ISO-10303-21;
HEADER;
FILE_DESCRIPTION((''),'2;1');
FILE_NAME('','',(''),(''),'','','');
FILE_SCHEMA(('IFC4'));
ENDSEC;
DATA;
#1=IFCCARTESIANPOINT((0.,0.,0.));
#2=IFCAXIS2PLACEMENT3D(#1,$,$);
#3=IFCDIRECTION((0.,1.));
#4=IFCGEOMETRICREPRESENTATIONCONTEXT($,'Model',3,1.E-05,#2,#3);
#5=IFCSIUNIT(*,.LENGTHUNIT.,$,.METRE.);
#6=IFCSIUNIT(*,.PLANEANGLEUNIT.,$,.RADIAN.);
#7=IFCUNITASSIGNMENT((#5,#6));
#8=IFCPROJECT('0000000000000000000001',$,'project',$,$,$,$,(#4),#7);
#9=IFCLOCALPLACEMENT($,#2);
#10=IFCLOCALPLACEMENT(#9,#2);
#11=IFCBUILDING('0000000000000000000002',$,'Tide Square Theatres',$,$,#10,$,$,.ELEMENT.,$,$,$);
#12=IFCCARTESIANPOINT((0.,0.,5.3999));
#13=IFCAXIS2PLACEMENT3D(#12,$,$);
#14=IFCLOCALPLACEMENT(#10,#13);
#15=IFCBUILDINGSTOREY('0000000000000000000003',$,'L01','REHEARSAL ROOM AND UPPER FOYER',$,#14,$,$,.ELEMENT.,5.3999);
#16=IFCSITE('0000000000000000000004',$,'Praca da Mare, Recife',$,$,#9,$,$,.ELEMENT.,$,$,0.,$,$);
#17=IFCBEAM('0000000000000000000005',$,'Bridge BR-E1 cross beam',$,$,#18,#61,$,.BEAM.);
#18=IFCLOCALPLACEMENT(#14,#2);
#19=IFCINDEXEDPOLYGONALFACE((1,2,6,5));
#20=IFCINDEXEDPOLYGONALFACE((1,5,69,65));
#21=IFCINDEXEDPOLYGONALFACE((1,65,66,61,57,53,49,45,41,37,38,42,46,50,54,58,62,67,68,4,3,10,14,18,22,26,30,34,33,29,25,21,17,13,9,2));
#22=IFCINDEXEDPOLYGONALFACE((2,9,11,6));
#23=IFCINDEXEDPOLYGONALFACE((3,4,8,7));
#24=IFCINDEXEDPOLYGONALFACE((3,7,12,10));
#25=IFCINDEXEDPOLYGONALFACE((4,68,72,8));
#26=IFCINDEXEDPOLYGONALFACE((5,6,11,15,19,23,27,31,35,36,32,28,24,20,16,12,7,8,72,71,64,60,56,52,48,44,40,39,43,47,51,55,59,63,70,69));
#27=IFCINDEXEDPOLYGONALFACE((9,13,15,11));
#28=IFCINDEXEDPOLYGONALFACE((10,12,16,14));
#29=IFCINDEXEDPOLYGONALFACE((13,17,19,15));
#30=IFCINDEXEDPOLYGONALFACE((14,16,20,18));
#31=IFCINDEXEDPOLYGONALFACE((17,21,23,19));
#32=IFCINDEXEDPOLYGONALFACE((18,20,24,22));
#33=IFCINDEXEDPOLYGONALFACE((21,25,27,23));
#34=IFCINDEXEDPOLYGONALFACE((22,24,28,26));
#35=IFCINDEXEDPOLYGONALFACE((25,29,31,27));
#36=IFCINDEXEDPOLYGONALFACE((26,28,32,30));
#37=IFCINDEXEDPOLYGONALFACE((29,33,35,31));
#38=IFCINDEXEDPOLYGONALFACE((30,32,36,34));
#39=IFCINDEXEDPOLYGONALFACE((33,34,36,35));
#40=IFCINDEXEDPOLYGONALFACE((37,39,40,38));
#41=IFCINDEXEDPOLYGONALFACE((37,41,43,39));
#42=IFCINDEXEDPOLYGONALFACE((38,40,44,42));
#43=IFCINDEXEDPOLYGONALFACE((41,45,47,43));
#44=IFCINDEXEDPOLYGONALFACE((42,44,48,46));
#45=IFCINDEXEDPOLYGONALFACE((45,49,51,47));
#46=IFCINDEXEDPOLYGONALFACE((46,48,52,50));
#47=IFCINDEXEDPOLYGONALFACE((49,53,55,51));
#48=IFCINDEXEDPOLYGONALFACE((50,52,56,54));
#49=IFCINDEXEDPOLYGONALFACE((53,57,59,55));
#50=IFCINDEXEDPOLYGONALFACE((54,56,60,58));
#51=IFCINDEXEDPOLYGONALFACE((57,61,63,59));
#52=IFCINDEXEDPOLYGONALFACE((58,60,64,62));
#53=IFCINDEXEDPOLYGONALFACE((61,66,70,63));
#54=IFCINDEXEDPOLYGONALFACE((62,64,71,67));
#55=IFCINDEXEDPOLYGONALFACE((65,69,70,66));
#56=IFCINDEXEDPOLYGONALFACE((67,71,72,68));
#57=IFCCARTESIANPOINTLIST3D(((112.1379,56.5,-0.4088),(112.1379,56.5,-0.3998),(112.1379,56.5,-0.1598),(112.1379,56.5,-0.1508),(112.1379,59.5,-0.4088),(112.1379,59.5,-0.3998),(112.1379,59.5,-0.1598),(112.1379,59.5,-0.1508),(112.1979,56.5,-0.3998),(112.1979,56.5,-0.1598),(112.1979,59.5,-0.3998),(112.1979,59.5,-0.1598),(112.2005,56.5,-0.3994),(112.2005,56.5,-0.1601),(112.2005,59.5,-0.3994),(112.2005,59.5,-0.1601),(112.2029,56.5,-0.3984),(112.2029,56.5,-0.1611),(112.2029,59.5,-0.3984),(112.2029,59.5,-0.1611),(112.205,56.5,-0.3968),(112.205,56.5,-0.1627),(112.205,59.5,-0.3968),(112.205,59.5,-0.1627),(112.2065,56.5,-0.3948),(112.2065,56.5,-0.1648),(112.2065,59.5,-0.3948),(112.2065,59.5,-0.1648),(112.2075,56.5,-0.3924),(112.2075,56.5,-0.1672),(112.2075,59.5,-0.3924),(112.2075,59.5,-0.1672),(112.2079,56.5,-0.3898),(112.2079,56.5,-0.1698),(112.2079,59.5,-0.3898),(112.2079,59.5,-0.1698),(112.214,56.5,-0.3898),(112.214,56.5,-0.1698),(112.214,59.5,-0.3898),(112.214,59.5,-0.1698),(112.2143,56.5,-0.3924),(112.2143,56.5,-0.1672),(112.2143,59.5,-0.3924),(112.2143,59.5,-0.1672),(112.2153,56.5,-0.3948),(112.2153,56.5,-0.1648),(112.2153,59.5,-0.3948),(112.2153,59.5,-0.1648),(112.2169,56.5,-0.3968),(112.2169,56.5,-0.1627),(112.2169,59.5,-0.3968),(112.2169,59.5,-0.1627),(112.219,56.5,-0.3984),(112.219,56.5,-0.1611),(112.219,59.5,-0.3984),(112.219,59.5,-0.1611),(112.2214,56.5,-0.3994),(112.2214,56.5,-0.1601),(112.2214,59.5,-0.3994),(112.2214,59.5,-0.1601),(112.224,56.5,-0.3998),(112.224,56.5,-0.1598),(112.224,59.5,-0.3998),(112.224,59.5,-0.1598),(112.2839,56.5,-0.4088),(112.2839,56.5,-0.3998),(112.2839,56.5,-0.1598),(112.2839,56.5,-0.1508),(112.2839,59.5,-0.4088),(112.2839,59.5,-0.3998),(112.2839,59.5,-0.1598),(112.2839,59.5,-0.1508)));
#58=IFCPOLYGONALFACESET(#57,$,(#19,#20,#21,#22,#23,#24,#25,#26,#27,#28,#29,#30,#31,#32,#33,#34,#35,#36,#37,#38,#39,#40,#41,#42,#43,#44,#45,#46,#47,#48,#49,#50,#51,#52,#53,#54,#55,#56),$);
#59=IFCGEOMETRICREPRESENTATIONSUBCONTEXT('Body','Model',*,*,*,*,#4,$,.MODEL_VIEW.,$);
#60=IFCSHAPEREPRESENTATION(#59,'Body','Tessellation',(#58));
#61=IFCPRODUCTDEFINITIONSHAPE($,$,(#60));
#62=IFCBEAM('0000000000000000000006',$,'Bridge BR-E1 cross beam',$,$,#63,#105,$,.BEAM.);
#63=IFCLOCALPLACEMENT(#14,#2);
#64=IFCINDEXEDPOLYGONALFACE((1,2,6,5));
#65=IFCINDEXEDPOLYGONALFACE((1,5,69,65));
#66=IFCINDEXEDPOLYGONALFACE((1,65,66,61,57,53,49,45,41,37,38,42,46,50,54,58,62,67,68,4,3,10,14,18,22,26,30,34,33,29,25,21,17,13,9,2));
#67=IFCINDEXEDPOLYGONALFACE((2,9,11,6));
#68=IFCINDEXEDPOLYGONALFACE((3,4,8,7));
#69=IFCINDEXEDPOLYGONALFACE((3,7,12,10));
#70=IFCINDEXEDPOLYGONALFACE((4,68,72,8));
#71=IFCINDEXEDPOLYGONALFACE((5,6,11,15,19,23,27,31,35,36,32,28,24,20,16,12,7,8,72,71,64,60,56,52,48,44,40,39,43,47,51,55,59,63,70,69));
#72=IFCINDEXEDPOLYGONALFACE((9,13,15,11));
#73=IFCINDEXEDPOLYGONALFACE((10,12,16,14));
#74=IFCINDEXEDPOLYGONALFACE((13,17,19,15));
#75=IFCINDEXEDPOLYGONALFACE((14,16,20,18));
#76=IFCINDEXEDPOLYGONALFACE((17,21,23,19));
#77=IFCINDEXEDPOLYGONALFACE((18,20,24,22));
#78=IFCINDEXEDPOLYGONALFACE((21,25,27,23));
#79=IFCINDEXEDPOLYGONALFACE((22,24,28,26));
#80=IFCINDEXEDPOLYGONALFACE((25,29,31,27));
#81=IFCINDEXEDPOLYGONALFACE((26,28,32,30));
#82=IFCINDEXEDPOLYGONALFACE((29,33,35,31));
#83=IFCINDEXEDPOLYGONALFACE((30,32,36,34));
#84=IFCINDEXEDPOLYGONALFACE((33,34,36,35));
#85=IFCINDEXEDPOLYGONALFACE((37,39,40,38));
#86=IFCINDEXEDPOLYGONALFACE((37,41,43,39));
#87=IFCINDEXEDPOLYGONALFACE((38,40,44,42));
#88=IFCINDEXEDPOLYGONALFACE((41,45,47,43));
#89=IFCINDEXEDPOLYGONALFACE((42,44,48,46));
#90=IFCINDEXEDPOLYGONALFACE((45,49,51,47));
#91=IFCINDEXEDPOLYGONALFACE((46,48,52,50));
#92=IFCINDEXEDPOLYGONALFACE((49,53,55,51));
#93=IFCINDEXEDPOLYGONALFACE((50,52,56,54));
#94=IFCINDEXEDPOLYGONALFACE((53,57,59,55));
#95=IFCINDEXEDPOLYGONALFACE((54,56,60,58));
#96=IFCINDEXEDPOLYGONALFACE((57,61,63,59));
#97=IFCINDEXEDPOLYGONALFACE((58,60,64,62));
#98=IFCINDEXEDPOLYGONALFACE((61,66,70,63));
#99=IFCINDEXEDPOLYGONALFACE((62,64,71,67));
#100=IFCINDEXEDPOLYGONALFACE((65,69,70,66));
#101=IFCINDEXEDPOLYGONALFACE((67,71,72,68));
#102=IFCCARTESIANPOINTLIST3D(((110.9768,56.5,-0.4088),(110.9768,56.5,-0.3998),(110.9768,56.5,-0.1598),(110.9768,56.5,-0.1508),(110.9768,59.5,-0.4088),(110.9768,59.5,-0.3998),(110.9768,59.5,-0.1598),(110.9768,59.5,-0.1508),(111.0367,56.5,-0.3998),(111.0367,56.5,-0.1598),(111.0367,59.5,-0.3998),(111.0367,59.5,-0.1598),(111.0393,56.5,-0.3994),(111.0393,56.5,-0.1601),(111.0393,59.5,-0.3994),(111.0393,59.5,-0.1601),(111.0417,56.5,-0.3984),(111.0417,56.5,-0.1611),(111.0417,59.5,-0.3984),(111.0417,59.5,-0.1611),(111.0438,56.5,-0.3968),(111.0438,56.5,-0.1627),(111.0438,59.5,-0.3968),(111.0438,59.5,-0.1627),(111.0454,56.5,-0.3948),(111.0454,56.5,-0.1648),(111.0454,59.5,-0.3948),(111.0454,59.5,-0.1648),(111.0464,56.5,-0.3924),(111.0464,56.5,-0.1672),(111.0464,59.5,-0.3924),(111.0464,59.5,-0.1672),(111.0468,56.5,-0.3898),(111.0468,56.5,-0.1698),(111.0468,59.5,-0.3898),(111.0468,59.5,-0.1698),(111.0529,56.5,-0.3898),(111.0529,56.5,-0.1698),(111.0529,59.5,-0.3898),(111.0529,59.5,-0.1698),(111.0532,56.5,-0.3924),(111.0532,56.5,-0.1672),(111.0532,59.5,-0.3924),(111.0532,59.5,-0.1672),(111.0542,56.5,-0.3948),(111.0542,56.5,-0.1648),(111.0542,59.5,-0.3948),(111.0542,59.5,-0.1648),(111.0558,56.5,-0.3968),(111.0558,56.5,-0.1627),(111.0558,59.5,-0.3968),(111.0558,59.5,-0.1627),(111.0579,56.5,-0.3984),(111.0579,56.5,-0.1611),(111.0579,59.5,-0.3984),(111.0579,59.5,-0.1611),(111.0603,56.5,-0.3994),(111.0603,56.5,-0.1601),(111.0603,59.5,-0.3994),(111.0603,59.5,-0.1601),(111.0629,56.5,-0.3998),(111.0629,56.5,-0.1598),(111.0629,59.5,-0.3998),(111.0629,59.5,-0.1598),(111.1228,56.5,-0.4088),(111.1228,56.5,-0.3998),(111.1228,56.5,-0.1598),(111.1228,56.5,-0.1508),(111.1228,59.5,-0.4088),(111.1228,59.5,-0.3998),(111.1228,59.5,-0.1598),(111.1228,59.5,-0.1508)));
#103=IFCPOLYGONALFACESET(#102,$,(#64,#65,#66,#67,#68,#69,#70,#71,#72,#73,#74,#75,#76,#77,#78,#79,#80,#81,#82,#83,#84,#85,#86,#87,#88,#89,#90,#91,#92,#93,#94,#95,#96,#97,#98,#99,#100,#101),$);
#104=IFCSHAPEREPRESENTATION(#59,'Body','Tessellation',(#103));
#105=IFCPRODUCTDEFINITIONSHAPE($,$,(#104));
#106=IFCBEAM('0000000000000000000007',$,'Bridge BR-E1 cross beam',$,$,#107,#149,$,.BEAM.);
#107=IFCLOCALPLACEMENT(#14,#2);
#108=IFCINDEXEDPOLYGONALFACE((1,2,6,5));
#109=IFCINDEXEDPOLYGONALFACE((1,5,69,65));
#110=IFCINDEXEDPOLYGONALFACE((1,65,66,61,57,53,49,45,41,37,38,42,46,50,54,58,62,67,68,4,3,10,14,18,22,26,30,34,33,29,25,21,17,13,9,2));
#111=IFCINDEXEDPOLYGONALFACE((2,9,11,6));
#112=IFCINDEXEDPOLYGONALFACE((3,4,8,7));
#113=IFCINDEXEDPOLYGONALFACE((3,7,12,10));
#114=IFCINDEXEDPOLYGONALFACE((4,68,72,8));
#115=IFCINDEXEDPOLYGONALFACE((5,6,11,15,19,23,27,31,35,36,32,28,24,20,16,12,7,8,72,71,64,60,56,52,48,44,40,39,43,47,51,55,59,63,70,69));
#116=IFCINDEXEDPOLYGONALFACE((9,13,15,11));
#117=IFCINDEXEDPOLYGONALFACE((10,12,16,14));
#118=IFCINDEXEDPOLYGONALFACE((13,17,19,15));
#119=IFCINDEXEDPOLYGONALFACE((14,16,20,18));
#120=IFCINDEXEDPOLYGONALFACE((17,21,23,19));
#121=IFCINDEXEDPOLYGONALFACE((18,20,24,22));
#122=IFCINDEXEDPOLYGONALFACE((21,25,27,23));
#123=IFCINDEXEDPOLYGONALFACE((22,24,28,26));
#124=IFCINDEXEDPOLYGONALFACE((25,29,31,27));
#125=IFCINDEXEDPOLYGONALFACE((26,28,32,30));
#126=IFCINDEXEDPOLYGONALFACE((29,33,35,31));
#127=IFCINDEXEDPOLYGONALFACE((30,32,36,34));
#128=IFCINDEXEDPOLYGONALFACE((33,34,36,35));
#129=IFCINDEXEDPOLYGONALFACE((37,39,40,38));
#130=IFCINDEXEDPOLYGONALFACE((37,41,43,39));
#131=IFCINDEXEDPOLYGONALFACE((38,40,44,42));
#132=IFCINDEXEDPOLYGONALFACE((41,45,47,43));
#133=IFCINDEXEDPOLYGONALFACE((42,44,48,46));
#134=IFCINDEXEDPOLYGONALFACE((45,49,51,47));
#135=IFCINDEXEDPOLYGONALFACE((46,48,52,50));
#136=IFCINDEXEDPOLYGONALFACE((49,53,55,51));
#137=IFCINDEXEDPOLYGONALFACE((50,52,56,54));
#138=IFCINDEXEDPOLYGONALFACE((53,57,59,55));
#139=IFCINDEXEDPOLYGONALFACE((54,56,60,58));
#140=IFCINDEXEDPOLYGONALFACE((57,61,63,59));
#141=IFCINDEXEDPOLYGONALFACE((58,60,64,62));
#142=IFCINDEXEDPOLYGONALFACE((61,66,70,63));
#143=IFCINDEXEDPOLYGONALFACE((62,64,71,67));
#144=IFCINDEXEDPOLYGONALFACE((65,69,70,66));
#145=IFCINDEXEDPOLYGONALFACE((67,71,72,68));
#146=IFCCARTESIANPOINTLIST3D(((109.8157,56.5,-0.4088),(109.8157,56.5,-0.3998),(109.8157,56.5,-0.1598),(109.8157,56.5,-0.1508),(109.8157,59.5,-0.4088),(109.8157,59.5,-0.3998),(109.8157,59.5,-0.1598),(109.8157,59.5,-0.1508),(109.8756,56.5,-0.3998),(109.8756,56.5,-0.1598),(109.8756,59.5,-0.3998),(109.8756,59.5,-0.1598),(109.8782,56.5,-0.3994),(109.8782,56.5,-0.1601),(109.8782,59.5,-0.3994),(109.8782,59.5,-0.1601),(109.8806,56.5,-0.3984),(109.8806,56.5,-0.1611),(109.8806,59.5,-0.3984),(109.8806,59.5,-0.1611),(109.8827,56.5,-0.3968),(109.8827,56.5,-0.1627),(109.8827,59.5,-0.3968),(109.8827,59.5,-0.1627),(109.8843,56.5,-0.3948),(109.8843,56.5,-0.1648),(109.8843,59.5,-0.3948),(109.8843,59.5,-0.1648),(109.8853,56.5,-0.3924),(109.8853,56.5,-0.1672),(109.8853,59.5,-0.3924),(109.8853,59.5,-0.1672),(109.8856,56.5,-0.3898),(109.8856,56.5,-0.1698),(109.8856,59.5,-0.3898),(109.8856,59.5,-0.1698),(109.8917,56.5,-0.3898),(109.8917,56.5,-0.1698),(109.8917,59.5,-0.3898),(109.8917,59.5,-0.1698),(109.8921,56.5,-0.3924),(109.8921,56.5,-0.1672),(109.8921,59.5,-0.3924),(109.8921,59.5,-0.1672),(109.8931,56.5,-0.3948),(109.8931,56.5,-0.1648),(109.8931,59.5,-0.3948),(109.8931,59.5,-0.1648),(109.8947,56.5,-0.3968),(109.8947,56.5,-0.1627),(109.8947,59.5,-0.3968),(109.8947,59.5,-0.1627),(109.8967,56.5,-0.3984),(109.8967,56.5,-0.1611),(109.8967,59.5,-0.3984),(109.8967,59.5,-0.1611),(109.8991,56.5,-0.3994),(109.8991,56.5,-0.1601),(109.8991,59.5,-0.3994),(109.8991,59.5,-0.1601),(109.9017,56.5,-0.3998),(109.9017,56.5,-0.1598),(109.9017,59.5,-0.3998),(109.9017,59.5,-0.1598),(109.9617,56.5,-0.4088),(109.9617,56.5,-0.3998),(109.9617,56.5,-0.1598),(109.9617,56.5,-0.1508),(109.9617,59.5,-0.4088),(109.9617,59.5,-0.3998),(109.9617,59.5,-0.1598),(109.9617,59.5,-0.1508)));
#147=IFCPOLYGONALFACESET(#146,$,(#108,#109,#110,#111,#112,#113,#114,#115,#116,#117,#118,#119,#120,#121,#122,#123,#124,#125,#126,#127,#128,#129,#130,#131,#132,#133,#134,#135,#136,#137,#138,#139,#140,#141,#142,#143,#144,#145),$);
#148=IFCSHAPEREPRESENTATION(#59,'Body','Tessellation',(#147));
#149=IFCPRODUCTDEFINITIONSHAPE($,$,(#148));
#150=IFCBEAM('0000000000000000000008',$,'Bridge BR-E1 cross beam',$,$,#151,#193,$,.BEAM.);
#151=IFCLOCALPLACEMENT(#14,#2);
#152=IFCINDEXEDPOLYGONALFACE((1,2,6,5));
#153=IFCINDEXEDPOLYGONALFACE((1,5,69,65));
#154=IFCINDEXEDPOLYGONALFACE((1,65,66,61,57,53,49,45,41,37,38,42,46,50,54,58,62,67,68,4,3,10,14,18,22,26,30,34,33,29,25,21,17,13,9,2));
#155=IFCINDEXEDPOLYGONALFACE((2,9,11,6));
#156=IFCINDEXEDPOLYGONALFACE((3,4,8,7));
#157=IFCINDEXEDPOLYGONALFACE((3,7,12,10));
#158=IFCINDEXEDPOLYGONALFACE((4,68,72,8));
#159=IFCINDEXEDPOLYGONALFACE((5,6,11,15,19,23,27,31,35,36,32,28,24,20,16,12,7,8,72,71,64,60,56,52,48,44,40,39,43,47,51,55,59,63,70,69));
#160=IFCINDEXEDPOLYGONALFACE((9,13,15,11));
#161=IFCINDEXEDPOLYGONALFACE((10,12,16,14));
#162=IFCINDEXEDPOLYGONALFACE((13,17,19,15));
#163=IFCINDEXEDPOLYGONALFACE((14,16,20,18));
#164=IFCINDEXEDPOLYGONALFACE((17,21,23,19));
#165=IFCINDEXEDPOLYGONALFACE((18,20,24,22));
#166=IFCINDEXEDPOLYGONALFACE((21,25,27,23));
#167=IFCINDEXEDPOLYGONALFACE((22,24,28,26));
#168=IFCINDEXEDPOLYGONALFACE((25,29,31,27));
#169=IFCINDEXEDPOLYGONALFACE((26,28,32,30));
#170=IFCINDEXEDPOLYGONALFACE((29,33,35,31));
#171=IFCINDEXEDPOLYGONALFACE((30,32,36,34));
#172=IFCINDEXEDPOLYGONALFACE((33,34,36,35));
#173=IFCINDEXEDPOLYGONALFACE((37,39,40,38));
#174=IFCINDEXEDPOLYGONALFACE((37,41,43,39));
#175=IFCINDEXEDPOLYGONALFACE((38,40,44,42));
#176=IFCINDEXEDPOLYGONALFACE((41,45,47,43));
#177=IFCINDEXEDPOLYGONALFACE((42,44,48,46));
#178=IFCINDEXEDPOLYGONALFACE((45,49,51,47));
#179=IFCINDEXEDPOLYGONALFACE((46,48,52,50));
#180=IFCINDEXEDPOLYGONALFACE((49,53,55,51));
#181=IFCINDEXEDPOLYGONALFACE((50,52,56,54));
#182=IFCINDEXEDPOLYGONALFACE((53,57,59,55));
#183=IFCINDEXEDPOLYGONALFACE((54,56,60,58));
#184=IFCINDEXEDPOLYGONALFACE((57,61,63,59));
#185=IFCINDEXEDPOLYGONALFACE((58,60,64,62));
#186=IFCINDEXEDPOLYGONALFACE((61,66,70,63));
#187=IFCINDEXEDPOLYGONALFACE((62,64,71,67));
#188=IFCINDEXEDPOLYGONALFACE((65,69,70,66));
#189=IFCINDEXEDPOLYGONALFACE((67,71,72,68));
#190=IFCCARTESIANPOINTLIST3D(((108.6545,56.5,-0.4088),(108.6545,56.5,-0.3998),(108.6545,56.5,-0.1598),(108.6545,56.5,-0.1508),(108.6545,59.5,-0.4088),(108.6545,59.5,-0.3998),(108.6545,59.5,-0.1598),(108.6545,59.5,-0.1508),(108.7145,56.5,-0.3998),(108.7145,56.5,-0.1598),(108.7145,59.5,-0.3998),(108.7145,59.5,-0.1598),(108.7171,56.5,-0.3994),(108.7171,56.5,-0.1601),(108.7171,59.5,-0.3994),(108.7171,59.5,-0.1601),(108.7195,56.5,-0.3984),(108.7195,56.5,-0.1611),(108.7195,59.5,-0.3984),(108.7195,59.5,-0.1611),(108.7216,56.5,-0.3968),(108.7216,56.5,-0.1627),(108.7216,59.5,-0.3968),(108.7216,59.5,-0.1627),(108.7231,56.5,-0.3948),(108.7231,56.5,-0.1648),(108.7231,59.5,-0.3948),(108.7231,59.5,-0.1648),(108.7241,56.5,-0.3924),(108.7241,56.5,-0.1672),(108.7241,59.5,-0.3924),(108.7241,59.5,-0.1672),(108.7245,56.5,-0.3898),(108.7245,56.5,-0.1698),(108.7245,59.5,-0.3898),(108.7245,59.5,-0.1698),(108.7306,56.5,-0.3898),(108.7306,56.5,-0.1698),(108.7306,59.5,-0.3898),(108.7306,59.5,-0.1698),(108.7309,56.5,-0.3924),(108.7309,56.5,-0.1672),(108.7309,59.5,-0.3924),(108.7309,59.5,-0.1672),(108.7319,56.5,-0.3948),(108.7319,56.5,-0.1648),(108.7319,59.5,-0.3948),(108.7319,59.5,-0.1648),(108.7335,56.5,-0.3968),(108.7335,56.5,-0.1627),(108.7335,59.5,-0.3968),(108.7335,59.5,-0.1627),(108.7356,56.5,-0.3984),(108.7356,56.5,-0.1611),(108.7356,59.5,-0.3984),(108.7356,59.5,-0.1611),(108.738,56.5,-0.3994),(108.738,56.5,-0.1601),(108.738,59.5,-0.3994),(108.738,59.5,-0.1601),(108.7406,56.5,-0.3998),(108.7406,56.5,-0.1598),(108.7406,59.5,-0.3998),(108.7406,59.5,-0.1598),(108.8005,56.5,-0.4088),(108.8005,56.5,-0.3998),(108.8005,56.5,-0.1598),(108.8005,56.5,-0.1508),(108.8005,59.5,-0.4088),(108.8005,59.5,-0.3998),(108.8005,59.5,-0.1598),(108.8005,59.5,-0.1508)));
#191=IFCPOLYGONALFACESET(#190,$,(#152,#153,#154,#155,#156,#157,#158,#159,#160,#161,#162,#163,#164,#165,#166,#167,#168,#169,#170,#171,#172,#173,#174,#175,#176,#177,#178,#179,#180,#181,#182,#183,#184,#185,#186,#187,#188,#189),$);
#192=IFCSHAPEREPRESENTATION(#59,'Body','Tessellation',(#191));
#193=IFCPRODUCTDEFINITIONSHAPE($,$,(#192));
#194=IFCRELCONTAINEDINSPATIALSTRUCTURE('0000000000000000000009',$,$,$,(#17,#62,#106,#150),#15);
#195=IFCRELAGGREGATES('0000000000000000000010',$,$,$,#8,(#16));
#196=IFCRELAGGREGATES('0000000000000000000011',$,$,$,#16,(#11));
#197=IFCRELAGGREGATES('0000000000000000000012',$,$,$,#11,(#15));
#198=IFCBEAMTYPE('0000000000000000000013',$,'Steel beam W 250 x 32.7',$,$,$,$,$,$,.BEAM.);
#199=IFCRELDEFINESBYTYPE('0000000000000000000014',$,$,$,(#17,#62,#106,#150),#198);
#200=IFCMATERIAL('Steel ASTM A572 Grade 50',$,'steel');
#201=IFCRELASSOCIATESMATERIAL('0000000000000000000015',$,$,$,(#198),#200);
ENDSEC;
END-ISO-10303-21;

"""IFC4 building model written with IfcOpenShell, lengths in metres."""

from ifc_helpers import new_model, si_unit, direction, frame, origin, origin_2d, place, context, subcontext, project, spatial, i_section, extrude, material, material_profile, profile_set, type_object, element, save


model = new_model("IFC4")

# Units and contexts
model_context = context("Model", 3, precision=1e-05, world=origin(), true_north=direction((0.0, 1.0)))
body_context = subcontext(model_context, "Body", "Model", "MODEL_VIEW")
ifc_project = project(units=[si_unit("LENGTHUNIT", "METRE"), si_unit("PLANEANGLEUNIT", "RADIAN")], contexts=[model_context])

# Site, building, storey
site_placement = place(None, origin())
site = spatial("IfcSite", under=ifc_project, at=site_placement, Name="Praca da Mare, Recife", CompositionType="ELEMENT", RefElevation=0.0)
building_placement = place(site_placement, origin())
building = spatial("IfcBuilding", under=site, at=building_placement, Name="Tide Square Theatres", CompositionType="ELEMENT")
storey_placement = place(building_placement, frame((0.0, 0.0, 5.3999)))
storey = spatial("IfcBuildingStorey", under=building, at=storey_placement, Name="L01", Description="REHEARSAL ROOM AND UPPER FOYER", CompositionType="ELEMENT", Elevation=5.3999)

# Beams
ifc_material_1 = material(Name="Steel ASTM A572 Grade 50", Category="steel")
ifc_material_profile_1 = material_profile(ifc_material_1, i_section(OverallWidth=0.146, OverallDepth=0.2581, WebThickness=0.0061, FlangeThickness=0.009, FilletRadius=0.01, at=origin_2d()))
ifc_profile_set_1 = profile_set([ifc_material_profile_1], Name="Steel ASTM A572 Grade 50")
beam_type = type_object("IfcBeamType", Name="Steel beam W 250 x 32.7", PredefinedType="BEAM", material=ifc_profile_set_1)
for number, where, z_axis, x_axis, name in (
    (1, (112.2109, 59.5, -0.2798), (0.0, -1.0, 0.0), (1.0, 0.0, 0.0), "Bridge BR-E1 cross beam"),
    (2, (111.0498, 59.5, -0.2798), (0.0, -1.0, 0.0), (1.0, 0.0, 0.0), "Bridge BR-E1 cross beam"),
    (3, (109.8887, 59.5, -0.2798), (0.0, -1.0, 0.0), (1.0, 0.0, 0.0), "Bridge BR-E1 cross beam"),
    (4, (108.7275, 59.5, -0.2798), (0.0, -1.0, 0.0), (1.0, 0.0, 0.0), "Bridge BR-E1 cross beam"),
):
    element("IfcBeam", number, at=place(storey_placement, frame(where, z_axis=z_axis, x_axis=x_axis)), inside=storey, type_object=beam_type, Name=name, PredefinedType="BEAM", context=body_context, shape_type="SweptSolid", body=[
        extrude(i_section(OverallWidth=0.146, OverallDepth=0.2581, WebThickness=0.0061, FlangeThickness=0.009, FilletRadius=0.01, at=origin_2d()), origin(), (0.0, 0.0, 1.0), 3.0),
    ])

save(model, "model.ifc")
